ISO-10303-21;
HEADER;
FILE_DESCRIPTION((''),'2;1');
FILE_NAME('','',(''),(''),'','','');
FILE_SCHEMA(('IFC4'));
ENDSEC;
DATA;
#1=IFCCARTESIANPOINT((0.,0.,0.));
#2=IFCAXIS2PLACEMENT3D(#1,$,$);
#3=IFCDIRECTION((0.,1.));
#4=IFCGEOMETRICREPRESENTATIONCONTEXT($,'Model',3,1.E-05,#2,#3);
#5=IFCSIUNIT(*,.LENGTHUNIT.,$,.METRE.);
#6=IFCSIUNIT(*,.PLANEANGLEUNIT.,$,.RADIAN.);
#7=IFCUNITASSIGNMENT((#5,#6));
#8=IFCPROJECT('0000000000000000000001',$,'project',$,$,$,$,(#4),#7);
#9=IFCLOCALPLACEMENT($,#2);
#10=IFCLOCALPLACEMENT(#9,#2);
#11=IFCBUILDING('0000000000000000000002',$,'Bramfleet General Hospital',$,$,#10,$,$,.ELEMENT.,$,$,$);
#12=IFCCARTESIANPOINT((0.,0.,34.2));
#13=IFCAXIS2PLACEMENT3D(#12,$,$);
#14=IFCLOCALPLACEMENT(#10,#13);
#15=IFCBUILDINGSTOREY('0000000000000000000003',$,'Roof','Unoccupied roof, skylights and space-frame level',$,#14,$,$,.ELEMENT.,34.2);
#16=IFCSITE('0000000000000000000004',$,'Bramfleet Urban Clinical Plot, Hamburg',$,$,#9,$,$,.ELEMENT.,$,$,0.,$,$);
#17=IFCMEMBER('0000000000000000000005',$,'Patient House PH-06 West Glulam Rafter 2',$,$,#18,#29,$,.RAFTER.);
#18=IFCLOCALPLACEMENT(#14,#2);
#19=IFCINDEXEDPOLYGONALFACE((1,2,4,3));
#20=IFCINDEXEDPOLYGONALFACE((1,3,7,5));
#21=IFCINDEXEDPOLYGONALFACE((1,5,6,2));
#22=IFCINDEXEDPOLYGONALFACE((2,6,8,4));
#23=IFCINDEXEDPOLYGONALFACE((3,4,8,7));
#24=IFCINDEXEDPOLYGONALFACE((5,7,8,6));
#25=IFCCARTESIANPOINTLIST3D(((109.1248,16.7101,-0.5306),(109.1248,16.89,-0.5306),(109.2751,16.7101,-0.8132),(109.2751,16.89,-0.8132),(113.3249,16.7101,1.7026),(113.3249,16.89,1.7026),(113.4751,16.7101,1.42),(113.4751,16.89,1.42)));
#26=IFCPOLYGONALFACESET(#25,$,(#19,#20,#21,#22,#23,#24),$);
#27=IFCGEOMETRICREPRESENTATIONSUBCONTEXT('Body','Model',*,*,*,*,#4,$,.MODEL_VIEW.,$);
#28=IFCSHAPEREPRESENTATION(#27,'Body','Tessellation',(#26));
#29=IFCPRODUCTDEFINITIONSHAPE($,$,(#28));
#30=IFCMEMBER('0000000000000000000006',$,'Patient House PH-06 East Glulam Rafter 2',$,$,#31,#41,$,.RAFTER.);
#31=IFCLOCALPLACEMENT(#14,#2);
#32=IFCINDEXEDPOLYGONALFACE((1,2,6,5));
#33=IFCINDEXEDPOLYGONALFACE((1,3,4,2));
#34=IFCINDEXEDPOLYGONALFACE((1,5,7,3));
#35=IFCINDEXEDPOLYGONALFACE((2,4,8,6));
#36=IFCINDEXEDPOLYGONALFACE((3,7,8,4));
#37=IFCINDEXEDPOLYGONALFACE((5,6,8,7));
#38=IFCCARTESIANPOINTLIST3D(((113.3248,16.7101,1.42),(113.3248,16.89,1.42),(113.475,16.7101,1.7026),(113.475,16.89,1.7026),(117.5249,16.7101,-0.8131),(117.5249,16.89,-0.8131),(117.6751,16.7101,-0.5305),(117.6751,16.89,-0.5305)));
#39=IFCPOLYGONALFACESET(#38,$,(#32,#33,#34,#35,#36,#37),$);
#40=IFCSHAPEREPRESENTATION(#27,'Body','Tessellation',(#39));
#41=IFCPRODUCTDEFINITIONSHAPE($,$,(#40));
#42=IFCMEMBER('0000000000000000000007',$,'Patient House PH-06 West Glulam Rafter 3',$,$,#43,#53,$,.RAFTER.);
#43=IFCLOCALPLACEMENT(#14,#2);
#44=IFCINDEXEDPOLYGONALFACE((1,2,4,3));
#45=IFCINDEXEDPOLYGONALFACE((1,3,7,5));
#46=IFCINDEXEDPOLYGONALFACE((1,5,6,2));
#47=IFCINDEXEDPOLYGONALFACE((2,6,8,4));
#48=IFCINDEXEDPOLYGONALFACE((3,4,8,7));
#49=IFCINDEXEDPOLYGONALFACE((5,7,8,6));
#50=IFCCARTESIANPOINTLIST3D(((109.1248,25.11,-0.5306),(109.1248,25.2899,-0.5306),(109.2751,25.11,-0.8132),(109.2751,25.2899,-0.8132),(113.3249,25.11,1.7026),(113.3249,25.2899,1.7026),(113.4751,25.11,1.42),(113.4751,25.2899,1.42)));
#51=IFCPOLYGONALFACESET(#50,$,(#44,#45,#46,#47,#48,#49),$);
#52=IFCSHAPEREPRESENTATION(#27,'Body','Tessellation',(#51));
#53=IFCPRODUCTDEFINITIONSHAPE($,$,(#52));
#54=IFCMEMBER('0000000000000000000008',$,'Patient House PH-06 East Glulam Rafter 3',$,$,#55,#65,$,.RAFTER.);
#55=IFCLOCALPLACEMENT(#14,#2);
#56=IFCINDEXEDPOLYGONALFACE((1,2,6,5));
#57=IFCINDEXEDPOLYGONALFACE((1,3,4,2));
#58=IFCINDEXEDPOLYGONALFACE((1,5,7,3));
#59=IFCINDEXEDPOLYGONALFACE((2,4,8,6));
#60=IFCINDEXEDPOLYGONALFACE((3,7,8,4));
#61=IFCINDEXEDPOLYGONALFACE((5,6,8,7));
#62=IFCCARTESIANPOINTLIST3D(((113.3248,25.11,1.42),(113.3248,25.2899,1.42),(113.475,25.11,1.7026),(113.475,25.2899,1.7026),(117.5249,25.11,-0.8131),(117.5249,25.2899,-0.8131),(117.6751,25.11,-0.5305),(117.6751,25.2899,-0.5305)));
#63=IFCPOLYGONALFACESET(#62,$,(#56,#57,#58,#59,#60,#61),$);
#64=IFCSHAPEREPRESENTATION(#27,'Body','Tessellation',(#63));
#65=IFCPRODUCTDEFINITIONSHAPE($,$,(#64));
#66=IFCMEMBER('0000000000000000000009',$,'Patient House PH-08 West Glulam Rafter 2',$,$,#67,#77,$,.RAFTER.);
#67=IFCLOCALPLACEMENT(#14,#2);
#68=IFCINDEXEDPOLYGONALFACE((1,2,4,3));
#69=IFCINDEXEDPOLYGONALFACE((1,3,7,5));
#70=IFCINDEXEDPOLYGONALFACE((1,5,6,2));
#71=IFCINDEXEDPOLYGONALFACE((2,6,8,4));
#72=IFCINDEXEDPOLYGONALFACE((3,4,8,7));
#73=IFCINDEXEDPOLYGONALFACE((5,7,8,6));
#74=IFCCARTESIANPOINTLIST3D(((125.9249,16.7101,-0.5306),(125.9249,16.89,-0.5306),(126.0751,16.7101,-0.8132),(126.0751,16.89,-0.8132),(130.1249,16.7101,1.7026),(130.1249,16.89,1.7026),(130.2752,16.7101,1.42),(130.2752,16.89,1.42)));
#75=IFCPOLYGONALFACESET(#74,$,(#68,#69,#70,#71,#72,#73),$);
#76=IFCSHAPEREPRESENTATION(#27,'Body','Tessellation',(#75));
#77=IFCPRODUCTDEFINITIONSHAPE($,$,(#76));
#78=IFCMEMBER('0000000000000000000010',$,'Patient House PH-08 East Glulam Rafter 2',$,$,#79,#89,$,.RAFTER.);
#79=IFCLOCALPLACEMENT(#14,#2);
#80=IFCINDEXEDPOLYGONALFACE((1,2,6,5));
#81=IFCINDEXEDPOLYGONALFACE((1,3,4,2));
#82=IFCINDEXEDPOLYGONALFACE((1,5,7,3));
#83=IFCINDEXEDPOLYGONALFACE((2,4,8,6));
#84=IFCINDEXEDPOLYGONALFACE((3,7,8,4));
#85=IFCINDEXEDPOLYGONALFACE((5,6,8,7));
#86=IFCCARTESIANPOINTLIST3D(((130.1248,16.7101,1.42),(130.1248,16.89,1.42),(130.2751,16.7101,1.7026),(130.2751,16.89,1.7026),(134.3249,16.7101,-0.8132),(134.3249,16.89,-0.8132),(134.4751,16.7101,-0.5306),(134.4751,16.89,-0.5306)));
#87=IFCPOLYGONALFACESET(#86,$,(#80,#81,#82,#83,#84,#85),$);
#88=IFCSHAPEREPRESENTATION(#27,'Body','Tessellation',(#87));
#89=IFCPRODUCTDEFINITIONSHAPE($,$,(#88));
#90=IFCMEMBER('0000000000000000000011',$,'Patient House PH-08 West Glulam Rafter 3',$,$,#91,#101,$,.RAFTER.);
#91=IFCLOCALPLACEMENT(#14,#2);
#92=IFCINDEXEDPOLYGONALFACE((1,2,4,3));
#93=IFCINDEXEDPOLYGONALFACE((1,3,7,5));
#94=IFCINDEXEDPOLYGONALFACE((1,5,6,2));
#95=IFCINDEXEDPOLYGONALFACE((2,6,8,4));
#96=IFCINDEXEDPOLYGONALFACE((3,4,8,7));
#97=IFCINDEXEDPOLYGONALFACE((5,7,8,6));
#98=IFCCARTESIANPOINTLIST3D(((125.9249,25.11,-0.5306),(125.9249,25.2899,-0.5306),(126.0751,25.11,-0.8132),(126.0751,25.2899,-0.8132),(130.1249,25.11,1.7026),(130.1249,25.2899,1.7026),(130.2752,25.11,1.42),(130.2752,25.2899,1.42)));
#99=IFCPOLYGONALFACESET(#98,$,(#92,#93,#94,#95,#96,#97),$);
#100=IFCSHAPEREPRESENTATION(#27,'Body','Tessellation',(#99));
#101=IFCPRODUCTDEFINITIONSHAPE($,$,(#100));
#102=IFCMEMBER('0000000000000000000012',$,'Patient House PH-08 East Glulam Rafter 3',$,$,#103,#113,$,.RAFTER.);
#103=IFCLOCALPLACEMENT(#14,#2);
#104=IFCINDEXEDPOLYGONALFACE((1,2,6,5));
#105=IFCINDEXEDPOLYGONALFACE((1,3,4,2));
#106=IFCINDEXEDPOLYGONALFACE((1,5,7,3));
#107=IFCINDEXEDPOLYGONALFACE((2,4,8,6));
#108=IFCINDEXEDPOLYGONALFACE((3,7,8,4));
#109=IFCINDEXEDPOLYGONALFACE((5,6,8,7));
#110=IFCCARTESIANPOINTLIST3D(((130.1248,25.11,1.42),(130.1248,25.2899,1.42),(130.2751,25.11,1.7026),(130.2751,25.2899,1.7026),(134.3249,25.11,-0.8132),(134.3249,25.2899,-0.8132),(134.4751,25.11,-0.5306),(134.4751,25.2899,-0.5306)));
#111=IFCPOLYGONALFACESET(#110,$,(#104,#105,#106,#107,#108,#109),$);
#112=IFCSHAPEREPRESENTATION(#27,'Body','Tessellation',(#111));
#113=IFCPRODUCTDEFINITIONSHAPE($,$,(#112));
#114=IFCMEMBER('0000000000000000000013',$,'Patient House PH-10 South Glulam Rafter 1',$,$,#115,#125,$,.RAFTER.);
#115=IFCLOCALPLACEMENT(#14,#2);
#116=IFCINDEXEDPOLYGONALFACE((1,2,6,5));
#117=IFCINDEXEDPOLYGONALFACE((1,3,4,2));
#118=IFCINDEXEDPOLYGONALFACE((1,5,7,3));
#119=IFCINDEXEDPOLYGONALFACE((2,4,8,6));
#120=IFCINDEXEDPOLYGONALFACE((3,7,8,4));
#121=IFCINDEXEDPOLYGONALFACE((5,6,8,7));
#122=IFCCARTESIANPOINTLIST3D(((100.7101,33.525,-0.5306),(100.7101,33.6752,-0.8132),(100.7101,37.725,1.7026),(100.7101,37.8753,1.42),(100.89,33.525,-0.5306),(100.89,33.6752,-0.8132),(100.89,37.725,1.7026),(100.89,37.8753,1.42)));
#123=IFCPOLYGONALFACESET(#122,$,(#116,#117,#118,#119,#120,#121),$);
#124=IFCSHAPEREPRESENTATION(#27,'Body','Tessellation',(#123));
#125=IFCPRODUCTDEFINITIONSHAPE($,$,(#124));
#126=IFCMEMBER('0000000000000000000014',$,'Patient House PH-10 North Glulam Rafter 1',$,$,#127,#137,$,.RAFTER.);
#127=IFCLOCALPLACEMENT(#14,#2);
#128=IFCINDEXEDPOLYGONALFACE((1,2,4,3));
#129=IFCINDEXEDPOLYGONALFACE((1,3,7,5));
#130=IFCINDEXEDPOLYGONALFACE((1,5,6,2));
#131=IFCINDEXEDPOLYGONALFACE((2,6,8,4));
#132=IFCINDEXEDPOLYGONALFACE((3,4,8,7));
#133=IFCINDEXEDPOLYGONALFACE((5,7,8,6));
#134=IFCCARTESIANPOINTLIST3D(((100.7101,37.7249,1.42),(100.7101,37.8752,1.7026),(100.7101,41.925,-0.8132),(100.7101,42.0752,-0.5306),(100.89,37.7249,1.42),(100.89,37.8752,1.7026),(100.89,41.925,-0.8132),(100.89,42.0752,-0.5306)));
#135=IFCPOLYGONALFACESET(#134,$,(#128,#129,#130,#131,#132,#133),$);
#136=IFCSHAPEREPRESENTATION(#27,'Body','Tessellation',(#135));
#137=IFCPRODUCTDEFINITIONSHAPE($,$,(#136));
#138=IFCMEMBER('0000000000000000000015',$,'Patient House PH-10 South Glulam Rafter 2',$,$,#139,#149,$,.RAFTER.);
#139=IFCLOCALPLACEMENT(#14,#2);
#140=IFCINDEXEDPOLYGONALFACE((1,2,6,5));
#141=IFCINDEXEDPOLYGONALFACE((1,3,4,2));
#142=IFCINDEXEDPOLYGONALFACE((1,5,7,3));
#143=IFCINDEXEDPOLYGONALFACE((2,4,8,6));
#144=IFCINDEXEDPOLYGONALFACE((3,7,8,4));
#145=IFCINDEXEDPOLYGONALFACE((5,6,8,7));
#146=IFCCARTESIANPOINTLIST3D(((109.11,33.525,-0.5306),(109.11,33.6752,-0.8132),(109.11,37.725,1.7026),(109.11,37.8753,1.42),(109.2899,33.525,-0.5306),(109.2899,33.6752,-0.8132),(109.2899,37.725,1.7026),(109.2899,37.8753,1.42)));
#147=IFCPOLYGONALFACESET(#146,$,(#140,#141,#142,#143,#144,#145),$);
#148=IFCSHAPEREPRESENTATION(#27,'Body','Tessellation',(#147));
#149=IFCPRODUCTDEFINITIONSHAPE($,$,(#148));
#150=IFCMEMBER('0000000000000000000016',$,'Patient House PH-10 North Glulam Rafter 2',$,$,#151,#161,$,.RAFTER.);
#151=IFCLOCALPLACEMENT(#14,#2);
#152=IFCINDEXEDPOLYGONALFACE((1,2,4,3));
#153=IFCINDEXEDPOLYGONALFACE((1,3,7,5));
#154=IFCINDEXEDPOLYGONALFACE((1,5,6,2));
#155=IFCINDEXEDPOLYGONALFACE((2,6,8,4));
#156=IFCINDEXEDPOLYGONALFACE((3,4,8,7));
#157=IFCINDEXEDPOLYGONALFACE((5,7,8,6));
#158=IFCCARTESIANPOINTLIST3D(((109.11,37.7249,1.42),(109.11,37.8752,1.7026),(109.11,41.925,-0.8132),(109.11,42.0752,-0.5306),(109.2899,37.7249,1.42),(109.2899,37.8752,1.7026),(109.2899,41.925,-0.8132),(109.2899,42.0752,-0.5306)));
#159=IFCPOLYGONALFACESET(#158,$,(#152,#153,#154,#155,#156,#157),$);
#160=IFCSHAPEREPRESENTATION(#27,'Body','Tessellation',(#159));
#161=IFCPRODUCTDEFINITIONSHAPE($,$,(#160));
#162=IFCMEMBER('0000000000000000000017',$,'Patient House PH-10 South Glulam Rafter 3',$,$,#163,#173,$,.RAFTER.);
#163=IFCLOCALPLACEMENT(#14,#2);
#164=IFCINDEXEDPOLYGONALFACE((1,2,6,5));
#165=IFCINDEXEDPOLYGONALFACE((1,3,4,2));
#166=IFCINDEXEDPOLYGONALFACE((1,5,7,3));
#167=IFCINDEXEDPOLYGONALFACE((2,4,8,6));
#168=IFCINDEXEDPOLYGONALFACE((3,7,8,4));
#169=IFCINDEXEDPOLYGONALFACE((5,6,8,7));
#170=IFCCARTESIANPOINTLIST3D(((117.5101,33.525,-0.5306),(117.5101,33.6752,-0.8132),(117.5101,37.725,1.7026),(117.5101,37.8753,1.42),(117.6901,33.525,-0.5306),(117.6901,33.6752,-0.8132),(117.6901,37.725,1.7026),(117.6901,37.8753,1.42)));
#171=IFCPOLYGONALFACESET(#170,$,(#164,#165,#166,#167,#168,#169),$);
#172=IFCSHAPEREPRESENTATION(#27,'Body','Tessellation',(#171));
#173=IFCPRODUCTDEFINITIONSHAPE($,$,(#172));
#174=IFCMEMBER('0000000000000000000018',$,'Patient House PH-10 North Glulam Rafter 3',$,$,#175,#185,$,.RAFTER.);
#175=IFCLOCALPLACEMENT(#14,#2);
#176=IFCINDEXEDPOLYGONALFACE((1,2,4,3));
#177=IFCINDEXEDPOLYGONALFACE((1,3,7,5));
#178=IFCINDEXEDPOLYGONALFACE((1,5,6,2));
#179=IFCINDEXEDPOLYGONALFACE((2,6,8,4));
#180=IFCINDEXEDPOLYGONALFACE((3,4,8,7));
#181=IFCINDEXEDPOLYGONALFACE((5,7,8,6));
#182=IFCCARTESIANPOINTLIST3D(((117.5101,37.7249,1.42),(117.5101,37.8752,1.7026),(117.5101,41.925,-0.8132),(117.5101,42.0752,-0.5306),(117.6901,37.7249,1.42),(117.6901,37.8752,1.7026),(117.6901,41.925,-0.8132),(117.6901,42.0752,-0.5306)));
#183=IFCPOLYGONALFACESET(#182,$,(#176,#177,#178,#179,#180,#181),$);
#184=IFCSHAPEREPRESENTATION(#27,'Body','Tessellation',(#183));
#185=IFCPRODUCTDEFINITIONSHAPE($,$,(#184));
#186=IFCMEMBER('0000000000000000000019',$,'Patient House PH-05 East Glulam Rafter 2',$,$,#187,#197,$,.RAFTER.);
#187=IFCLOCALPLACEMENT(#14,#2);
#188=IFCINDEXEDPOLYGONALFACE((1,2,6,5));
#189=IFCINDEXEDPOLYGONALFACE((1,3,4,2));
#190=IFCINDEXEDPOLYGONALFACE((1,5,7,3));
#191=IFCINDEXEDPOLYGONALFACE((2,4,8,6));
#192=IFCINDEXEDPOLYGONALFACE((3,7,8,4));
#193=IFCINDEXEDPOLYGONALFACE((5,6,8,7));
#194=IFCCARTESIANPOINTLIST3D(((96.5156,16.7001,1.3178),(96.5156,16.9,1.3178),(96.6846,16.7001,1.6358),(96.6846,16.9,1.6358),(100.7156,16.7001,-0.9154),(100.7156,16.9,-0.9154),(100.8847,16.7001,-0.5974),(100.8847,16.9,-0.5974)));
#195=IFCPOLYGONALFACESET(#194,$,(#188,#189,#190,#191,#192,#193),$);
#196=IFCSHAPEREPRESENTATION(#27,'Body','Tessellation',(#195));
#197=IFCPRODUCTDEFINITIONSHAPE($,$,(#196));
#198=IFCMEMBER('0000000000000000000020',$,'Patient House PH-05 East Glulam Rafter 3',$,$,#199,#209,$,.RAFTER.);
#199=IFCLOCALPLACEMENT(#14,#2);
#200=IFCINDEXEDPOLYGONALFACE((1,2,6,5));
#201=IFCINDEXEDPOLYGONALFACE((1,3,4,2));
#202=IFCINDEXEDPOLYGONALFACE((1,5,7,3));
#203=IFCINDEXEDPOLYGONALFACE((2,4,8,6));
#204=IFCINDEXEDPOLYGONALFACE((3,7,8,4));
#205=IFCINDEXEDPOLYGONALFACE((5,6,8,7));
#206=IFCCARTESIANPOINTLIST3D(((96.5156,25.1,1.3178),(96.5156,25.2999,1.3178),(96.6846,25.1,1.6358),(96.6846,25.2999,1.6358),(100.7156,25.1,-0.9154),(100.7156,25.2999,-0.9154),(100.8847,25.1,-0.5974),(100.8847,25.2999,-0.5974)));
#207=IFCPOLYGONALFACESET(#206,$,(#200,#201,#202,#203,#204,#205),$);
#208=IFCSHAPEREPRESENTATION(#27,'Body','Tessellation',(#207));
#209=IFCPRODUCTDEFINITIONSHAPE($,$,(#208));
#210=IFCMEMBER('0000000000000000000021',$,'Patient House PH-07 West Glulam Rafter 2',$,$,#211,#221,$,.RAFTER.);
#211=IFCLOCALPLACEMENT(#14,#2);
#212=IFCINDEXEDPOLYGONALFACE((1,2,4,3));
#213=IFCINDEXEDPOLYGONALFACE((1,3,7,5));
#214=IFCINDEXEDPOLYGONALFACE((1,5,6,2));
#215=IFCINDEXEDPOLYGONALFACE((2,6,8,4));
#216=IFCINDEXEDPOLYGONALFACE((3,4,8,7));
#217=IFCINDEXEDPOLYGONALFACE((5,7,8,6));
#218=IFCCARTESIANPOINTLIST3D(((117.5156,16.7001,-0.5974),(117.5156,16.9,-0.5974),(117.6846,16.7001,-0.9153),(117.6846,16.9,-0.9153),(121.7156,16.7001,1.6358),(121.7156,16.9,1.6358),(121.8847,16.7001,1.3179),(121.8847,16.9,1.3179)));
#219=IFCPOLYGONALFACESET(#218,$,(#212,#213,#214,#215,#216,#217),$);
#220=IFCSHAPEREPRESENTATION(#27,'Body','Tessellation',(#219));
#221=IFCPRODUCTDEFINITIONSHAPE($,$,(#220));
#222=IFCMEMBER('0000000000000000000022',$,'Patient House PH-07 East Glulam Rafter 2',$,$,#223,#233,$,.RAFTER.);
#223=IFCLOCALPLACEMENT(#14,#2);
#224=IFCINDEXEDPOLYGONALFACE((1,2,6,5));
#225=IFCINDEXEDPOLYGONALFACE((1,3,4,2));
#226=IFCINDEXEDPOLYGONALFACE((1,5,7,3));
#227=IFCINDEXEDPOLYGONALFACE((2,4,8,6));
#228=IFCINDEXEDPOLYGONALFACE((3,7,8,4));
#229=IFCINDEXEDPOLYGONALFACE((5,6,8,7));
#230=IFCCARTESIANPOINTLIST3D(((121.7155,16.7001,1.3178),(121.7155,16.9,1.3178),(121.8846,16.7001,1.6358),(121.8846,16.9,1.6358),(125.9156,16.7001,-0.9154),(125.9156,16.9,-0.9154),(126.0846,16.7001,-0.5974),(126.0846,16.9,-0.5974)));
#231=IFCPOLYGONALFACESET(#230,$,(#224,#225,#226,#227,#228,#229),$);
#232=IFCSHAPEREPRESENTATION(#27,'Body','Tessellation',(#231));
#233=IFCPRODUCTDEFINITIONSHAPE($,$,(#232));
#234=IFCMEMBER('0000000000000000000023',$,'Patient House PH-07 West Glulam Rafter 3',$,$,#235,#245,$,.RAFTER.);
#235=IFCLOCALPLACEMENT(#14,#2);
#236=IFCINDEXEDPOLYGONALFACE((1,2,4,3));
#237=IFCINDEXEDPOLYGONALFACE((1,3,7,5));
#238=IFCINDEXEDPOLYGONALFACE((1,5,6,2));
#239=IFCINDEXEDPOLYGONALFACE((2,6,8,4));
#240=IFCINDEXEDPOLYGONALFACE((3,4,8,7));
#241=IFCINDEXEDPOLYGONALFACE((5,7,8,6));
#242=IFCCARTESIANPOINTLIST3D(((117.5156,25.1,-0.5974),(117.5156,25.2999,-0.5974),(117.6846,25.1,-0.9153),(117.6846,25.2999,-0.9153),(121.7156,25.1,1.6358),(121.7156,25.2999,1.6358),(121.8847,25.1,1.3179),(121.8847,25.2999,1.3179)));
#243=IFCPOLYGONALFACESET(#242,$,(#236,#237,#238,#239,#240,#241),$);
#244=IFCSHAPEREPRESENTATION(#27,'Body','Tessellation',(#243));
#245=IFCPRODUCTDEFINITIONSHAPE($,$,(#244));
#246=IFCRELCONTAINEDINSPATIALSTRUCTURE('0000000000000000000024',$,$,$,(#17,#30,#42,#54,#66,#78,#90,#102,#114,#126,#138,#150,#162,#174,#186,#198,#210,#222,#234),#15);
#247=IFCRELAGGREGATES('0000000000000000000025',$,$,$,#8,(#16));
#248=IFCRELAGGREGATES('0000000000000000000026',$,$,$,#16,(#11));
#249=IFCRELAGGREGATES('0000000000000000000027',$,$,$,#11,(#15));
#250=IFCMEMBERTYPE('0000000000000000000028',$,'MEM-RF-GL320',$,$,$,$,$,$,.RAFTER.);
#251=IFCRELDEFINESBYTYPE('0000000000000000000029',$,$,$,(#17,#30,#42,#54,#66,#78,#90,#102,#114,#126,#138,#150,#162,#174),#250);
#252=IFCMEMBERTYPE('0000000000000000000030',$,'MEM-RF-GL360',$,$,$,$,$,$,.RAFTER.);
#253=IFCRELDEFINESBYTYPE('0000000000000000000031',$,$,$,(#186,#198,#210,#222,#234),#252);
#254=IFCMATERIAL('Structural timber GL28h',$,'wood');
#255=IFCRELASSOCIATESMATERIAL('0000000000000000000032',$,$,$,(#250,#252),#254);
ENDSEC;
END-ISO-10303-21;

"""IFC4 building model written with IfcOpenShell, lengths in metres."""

from ifc_helpers import new_model, si_unit, direction, frame, origin, origin_2d, place, context, subcontext, project, spatial, rectangle, extrude, material, material_profile, profile_set, type_object, element, save


model = new_model("IFC4")

# Units and contexts
model_context = context("Model", 3, precision=1e-05, world=origin(), true_north=direction((0.0, 1.0)))
body_context = subcontext(model_context, "Body", "Model", "MODEL_VIEW")
ifc_project = project(units=[si_unit("LENGTHUNIT", "METRE"), si_unit("PLANEANGLEUNIT", "RADIAN")], contexts=[model_context])

# Site, building, storey
site_placement = place(None, origin())
site = spatial("IfcSite", under=ifc_project, at=site_placement, Name="Bramfleet Urban Clinical Plot, Hamburg", CompositionType="ELEMENT", RefElevation=0.0)
building_placement = place(site_placement, origin())
building = spatial("IfcBuilding", under=site, at=building_placement, Name="Bramfleet General Hospital", CompositionType="ELEMENT")
storey_placement = place(building_placement, frame((0.0, 0.0, 34.2)))
storey = spatial("IfcBuildingStorey", under=building, at=storey_placement, Name="Roof", Description="Unoccupied roof, skylights and space-frame level", CompositionType="ELEMENT", Elevation=34.2)

# Members
ifc_material_1 = material(Name="Structural timber GL28h", Category="wood")
ifc_material_profile_1 = material_profile(ifc_material_1, rectangle(XDim=0.1799, YDim=0.3201, at=origin_2d()), Name="GL28h 320x180")
ifc_profile_set_1 = profile_set([ifc_material_profile_1], Name="Structural timber GL28h")
member_type_1 = type_object("IfcMemberType", Name="MEM-RF-GL320", PredefinedType="RAFTER", material=ifc_profile_set_1)
for number, where, z_axis, x_axis, name in (
    (1, (109.2, 16.8, -0.6719), (0.882948, 0.0, 0.469472), (0.0, 1.0, 0.0), "Patient House PH-06 West Glulam Rafter 2"),
    (2, (113.3999, 16.8, 1.5613), (0.882959, 0.0, -0.46945), (0.0, 1.0, 0.0), "Patient House PH-06 East Glulam Rafter 2"),
    (3, (109.2, 25.2, -0.6719), (0.882948, 0.0, 0.469472), (0.0, 1.0, 0.0), "Patient House PH-06 West Glulam Rafter 3"),
    (4, (113.3999, 25.2, 1.5613), (0.882959, 0.0, -0.46945), (0.0, 1.0, 0.0), "Patient House PH-06 East Glulam Rafter 3"),
    (5, (126.0, 16.8, -0.6719), (0.882948, 0.0, 0.469472), (0.0, 1.0, 0.0), "Patient House PH-08 West Glulam Rafter 2"),
    (6, (130.2, 16.8, 1.5613), (0.882948, 0.0, -0.469472), (0.0, 1.0, 0.0), "Patient House PH-08 East Glulam Rafter 2"),
    (7, (126.0, 25.2, -0.6719), (0.882948, 0.0, 0.469472), (0.0, 1.0, 0.0), "Patient House PH-08 West Glulam Rafter 3"),
    (8, (130.2, 25.2, 1.5613), (0.882948, 0.0, -0.469472), (0.0, 1.0, 0.0), "Patient House PH-08 East Glulam Rafter 3"),
    (9, (100.8, 33.6001, -0.6719), (0.0, 0.882948, 0.469472), (-1.0, 0.0, 0.0), "Patient House PH-10 South Glulam Rafter 1"),
    (10, (100.8, 37.8, 1.5613), (0.0, 0.882948, -0.469472), (-1.0, 0.0, 0.0), "Patient House PH-10 North Glulam Rafter 1"),
    (11, (109.2, 33.6001, -0.6719), (0.0, 0.882948, 0.469472), (-1.0, 0.0, 0.0), "Patient House PH-10 South Glulam Rafter 2"),
    (12, (109.2, 37.8, 1.5613), (0.0, 0.882948, -0.469472), (-1.0, 0.0, 0.0), "Patient House PH-10 North Glulam Rafter 2"),
    (13, (117.6001, 33.6001, -0.6719), (0.0, 0.882948, 0.469472), (-1.0, 0.0, 0.0), "Patient House PH-10 South Glulam Rafter 3"),
    (14, (117.6001, 37.8, 1.5613), (0.0, 0.882948, -0.469472), (-1.0, 0.0, 0.0), "Patient House PH-10 North Glulam Rafter 3"),
):
    element("IfcMember", number, at=place(storey_placement, frame(where, z_axis=z_axis, x_axis=x_axis)), inside=storey, type_object=member_type_1, Name=name, PredefinedType="RAFTER", context=body_context, shape_type="SweptSolid", body=[
        extrude(rectangle(XDim=0.1799, YDim=0.3201, at=origin_2d()), origin(), (0.0, 0.0, 1.0), 4.7568),
    ])
ifc_material_profile_2 = material_profile(ifc_material_1, rectangle(XDim=0.2, YDim=0.3601, at=origin_2d()), Name="GL28h 360x200")
ifc_profile_set_2 = profile_set([ifc_material_profile_2], Name="Structural timber GL28h")
member_type_2 = type_object("IfcMemberType", Name="MEM-RF-GL360", PredefinedType="RAFTER", material=ifc_profile_set_2)
for number, where, z_axis, x_axis, name in (
    (15, (96.6001, 16.8, 1.4768), (0.882948, 0.0, -0.469472), (0.0, 1.0, 0.0), "Patient House PH-05 East Glulam Rafter 2"),
    (16, (96.6001, 25.2, 1.4768), (0.882948, 0.0, -0.469472), (0.0, 1.0, 0.0), "Patient House PH-05 East Glulam Rafter 3"),
    (17, (117.6001, 16.8, -0.7563), (0.882948, 0.0, 0.469472), (0.0, 1.0, 0.0), "Patient House PH-07 West Glulam Rafter 2"),
    (18, (121.8, 16.8, 1.4768), (0.882948, 0.0, -0.469472), (0.0, 1.0, 0.0), "Patient House PH-07 East Glulam Rafter 2"),
    (19, (117.6001, 25.2, -0.7563), (0.882948, 0.0, 0.469472), (0.0, 1.0, 0.0), "Patient House PH-07 West Glulam Rafter 3"),
):
    element("IfcMember", number, at=place(storey_placement, frame(where, z_axis=z_axis, x_axis=x_axis)), inside=storey, type_object=member_type_2, Name=name, PredefinedType="RAFTER", context=body_context, shape_type="SweptSolid", body=[
        extrude(rectangle(XDim=0.2, YDim=0.3601, at=origin_2d()), origin(), (0.0, 0.0, 1.0), 4.7568),
    ])

save(model, "model.ifc")
